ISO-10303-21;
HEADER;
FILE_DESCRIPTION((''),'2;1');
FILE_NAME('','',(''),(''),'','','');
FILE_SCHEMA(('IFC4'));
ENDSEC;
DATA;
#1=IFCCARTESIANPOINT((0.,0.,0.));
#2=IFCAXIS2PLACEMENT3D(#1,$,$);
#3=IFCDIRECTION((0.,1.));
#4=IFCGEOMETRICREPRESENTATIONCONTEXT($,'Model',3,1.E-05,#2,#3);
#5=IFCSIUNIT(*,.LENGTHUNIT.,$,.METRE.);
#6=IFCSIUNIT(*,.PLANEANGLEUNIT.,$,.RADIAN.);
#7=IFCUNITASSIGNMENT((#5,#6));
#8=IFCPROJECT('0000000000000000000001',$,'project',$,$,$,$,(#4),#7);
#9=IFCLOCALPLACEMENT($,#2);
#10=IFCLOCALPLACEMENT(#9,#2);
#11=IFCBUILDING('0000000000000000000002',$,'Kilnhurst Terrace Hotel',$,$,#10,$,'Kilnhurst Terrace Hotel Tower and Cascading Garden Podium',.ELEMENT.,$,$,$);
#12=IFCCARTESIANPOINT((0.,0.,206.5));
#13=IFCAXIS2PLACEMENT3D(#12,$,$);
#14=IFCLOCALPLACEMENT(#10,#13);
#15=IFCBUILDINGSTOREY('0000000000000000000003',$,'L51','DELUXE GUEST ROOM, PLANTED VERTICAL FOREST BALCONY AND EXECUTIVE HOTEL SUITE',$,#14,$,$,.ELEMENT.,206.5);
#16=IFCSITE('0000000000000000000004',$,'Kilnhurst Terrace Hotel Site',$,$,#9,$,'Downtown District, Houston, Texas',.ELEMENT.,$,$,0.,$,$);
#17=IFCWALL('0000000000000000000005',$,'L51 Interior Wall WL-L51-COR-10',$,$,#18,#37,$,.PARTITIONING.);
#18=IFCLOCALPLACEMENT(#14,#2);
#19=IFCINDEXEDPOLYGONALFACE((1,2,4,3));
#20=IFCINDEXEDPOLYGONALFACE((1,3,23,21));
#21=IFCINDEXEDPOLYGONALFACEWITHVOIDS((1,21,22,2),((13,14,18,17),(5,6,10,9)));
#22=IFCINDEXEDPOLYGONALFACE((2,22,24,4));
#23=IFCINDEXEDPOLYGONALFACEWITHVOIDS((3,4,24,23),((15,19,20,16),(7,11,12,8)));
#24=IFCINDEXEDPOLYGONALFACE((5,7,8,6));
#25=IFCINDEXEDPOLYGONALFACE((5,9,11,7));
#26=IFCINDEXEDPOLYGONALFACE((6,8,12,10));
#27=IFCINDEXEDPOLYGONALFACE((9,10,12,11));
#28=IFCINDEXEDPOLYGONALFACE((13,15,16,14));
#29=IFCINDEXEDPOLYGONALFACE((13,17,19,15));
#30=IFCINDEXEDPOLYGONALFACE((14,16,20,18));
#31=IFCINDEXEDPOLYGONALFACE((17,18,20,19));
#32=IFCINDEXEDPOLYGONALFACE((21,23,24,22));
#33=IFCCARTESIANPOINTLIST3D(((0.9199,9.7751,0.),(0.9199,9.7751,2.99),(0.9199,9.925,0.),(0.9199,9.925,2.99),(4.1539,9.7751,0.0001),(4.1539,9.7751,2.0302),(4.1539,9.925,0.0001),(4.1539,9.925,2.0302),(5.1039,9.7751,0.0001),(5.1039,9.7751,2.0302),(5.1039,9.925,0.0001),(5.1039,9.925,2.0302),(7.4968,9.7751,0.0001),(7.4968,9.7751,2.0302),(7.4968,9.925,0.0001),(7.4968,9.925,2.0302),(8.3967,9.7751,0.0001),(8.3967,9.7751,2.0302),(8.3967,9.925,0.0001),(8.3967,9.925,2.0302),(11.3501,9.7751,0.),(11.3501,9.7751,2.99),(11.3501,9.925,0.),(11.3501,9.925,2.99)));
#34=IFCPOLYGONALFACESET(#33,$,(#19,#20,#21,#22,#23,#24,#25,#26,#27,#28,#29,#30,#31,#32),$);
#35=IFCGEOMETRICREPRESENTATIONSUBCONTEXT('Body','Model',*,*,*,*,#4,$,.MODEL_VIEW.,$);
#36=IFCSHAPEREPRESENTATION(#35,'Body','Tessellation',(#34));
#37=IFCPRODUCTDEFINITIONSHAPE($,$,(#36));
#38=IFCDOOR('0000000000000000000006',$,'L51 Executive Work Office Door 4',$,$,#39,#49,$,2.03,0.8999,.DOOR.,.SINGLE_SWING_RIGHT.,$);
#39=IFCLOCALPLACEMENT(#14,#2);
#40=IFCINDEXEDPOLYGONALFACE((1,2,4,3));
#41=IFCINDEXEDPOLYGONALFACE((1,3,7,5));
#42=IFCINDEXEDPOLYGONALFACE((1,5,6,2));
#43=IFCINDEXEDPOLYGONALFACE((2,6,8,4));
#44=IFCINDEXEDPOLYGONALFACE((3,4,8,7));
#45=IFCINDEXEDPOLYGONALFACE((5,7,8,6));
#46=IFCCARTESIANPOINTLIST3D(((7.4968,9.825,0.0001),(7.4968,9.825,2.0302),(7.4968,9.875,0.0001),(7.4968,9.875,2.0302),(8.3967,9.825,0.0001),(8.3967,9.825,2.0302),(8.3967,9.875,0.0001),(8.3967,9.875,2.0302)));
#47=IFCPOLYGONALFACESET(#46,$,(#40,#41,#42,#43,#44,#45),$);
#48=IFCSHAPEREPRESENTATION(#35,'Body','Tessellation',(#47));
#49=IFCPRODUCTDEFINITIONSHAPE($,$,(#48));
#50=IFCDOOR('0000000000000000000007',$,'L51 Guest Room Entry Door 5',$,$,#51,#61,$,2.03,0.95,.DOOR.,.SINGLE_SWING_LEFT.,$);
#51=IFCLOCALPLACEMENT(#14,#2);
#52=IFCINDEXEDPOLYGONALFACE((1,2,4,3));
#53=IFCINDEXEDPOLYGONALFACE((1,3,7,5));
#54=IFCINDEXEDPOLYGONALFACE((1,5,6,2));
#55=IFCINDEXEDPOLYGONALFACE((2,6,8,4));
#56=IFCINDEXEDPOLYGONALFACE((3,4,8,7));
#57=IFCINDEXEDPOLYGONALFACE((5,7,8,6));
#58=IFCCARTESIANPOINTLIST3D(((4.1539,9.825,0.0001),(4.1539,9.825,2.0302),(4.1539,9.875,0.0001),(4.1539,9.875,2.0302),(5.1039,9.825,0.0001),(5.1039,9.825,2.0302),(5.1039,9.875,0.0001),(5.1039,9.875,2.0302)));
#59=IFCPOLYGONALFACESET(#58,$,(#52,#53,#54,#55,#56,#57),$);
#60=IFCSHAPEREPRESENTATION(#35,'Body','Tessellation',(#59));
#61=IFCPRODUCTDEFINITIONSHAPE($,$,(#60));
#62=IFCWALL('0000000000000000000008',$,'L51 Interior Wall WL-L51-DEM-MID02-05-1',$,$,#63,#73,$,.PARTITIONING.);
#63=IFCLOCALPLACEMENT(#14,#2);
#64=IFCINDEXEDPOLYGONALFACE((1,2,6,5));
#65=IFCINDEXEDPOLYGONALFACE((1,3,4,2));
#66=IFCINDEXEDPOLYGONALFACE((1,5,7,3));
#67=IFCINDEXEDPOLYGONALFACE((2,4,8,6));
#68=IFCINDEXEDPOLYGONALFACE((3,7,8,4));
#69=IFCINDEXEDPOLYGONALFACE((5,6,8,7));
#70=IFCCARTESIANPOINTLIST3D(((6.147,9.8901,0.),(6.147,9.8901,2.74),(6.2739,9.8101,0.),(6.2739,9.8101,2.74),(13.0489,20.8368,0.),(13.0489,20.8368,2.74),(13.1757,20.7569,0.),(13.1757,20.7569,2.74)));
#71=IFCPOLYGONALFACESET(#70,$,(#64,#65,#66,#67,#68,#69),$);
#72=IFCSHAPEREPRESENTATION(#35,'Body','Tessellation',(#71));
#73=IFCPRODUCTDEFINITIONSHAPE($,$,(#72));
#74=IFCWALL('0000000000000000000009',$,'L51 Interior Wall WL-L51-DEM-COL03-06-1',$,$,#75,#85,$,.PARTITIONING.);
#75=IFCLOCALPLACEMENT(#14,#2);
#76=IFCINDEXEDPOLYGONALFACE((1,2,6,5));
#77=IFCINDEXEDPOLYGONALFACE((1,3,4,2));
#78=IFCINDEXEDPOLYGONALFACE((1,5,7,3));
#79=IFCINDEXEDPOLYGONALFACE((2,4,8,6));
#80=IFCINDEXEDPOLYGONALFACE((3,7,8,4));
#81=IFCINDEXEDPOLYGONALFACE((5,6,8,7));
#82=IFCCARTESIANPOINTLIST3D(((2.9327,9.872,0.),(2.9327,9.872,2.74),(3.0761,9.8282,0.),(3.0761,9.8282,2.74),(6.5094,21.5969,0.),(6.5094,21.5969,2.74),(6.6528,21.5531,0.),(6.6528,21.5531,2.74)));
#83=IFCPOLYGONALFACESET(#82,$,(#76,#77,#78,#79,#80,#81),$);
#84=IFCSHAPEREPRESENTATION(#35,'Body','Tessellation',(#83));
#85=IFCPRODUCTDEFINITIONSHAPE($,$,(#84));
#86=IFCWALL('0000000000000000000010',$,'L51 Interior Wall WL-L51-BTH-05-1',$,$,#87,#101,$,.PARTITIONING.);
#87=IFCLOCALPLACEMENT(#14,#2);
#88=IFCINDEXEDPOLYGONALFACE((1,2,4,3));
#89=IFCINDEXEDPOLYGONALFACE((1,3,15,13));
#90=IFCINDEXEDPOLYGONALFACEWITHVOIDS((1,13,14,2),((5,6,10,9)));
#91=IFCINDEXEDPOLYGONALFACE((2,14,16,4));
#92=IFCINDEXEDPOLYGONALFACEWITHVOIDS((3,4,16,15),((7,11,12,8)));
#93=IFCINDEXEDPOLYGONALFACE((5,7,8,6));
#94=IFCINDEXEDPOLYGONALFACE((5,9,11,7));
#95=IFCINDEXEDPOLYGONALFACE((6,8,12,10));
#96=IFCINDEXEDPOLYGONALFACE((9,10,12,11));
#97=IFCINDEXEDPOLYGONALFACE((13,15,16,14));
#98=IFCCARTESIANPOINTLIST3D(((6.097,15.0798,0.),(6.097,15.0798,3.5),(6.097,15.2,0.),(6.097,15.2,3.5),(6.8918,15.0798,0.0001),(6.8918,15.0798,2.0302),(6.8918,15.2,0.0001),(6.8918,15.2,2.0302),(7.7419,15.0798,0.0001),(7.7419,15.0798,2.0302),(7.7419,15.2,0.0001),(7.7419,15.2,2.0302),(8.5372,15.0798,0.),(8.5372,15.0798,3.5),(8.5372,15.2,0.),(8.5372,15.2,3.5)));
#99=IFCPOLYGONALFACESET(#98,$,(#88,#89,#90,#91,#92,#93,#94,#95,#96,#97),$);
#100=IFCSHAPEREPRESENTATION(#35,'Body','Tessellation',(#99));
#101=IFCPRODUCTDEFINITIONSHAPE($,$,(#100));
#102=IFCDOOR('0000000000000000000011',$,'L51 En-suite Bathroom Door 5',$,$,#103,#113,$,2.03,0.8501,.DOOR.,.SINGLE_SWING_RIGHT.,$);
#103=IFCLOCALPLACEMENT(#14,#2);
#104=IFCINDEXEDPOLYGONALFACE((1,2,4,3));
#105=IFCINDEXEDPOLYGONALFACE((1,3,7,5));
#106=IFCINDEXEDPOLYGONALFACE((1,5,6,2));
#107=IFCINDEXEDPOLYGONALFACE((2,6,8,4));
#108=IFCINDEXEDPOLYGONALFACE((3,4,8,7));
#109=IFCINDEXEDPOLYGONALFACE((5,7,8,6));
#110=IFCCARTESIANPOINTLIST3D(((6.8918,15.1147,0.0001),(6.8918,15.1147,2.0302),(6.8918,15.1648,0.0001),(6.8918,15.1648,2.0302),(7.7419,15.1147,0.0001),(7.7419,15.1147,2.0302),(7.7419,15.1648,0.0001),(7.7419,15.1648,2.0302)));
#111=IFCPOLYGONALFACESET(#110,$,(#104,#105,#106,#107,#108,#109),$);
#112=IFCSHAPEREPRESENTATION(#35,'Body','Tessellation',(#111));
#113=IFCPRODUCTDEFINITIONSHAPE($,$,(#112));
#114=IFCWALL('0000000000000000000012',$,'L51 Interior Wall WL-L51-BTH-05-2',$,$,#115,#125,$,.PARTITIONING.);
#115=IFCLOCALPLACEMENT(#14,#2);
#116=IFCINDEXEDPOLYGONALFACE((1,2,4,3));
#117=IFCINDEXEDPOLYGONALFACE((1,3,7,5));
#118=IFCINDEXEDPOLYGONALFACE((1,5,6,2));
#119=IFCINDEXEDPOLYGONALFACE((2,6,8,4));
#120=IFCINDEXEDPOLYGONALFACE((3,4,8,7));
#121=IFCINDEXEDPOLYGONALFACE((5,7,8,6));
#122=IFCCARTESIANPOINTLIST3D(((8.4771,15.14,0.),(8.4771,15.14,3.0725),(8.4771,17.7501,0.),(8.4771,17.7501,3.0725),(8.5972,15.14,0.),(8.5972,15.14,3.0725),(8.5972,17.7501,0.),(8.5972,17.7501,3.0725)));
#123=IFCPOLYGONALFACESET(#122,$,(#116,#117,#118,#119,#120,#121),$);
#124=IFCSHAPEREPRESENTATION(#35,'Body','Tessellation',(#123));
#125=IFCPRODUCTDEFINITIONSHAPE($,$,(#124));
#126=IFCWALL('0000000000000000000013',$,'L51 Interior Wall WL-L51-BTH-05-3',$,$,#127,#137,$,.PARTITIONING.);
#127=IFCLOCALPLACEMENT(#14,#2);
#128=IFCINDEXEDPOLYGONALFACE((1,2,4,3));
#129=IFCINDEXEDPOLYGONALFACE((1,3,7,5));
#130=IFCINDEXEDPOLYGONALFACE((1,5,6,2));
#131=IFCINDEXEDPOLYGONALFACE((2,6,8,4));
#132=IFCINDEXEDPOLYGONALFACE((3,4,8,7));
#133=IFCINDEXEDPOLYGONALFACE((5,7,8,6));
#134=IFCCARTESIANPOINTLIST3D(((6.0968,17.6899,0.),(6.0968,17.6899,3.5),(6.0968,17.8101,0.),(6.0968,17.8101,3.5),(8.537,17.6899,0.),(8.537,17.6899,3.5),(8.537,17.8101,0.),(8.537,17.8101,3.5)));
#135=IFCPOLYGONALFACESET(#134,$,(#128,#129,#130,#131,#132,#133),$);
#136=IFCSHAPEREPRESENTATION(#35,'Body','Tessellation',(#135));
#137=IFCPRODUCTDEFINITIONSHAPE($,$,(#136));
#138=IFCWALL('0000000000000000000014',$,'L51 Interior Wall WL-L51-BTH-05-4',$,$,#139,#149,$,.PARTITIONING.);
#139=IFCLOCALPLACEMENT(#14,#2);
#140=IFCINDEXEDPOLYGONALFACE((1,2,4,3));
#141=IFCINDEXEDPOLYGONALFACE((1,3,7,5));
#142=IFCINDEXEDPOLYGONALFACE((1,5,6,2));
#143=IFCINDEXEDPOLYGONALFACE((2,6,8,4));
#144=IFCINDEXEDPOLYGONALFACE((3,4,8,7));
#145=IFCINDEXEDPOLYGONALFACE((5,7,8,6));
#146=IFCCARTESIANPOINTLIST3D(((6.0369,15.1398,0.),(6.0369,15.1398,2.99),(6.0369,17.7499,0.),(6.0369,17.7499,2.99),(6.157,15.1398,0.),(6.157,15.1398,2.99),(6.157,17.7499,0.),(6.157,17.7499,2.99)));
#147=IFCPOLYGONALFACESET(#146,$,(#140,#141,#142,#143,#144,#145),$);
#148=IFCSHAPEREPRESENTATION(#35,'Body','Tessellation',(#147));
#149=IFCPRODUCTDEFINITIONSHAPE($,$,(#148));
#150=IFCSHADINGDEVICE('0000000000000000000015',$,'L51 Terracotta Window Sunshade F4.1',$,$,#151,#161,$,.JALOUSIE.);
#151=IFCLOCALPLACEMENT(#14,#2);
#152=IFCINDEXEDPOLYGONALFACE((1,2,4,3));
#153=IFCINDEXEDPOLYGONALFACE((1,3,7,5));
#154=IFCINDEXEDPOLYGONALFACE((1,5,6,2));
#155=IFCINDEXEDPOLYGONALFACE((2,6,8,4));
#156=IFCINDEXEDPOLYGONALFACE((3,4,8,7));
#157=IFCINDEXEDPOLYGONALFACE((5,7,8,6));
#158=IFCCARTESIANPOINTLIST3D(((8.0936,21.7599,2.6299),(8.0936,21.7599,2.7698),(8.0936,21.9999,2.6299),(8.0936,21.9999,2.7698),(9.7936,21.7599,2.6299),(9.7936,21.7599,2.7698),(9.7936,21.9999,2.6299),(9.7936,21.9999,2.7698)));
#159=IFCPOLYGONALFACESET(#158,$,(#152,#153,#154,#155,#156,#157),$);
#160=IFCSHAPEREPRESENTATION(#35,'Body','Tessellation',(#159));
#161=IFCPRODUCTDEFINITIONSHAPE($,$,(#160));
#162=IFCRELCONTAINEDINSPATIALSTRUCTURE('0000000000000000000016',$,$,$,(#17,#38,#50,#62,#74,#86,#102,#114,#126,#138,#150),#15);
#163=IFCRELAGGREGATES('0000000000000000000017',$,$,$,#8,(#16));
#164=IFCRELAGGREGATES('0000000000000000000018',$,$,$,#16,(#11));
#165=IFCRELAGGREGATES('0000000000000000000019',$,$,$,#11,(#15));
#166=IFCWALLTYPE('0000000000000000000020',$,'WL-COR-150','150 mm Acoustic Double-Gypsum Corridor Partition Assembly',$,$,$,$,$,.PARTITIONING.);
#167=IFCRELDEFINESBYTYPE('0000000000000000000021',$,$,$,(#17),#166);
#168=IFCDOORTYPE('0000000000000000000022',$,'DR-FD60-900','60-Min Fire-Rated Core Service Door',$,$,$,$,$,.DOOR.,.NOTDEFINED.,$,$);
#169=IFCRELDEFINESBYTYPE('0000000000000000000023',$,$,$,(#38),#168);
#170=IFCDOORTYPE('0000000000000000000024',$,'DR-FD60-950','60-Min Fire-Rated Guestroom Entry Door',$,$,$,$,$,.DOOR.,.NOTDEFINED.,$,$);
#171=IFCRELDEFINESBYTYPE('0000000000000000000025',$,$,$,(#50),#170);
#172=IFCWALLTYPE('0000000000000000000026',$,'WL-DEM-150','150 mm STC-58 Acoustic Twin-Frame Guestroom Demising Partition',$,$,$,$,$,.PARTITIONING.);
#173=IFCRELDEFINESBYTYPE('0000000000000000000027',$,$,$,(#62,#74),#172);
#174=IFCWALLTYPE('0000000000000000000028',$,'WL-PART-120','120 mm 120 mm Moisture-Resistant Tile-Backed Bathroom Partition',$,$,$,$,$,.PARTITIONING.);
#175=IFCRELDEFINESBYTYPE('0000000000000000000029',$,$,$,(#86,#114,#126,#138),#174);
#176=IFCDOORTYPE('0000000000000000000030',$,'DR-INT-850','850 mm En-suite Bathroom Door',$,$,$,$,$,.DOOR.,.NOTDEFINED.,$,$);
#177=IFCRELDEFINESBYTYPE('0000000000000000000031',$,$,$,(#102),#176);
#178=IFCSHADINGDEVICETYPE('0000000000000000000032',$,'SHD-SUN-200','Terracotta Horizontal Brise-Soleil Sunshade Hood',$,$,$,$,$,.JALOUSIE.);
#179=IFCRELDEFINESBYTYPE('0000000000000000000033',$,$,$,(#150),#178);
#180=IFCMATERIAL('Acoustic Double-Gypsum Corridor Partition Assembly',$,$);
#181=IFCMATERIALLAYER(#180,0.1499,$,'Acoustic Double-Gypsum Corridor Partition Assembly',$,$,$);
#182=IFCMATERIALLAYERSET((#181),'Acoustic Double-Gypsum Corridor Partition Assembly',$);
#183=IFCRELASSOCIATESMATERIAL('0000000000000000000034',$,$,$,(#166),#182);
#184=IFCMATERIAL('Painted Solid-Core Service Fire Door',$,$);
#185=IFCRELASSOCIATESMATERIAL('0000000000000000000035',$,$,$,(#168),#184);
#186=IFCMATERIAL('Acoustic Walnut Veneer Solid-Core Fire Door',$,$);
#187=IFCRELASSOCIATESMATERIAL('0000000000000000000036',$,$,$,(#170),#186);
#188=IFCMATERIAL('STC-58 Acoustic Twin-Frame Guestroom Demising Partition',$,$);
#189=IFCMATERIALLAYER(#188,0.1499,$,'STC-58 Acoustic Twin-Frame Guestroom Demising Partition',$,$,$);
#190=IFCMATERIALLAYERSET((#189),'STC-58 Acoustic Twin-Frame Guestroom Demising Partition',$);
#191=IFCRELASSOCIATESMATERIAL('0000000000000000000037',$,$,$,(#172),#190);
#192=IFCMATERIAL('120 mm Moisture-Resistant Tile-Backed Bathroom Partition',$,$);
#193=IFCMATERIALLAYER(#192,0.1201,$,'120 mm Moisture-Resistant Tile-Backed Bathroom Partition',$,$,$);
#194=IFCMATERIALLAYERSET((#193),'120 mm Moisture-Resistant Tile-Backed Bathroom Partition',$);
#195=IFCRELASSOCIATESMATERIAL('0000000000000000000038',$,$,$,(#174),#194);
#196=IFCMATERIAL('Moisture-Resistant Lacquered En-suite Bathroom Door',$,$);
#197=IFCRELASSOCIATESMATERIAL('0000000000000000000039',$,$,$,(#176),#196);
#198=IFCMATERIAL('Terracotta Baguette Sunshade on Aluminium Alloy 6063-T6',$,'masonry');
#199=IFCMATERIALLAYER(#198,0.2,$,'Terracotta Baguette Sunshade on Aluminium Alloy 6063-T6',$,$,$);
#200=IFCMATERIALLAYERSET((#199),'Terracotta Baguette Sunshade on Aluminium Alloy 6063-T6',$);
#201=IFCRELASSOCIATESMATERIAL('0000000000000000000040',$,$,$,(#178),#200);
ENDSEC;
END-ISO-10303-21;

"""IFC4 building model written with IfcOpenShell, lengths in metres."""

from ifc_helpers import new_model, si_unit, direction, frame, frame_2d, origin, origin_2d, place, context, subcontext, project, spatial, rectangle, extrude, material, layer, layer_set, type_object, element, fill, save


model = new_model("IFC4")

# Units and contexts
model_context = context("Model", 3, precision=1e-05, world=origin(), true_north=direction((0.0, 1.0)))
body_context = subcontext(model_context, "Body", "Model", "MODEL_VIEW")
ifc_project = project(units=[si_unit("LENGTHUNIT", "METRE"), si_unit("PLANEANGLEUNIT", "RADIAN")], contexts=[model_context])

# Site, building, storey
site_placement = place(None, origin())
site = spatial("IfcSite", under=ifc_project, at=site_placement, Name="Kilnhurst Terrace Hotel Site", LongName="Downtown District, Houston, Texas", CompositionType="ELEMENT", RefElevation=0.0)
building_placement = place(site_placement, origin())
building = spatial("IfcBuilding", under=site, at=building_placement, Name="Kilnhurst Terrace Hotel", LongName="Kilnhurst Terrace Hotel Tower and Cascading Garden Podium", CompositionType="ELEMENT")
storey_placement = place(building_placement, frame((0.0, 0.0, 206.5)))
storey = spatial("IfcBuildingStorey", under=building, at=storey_placement, Name="L51", Description="DELUXE GUEST ROOM, PLANTED VERTICAL FOREST BALCONY AND EXECUTIVE HOTEL SUITE", CompositionType="ELEMENT", Elevation=206.5)

# Shared definitions
ifc_material_1 = material(Name="Acoustic Double-Gypsum Corridor Partition Assembly")
ifc_layer_1 = layer(ifc_material_1, 0.1499, Name="Acoustic Double-Gypsum Corridor Partition Assembly")
ifc_layer_set_1 = layer_set([ifc_layer_1], Name="Acoustic Double-Gypsum Corridor Partition Assembly")
wall_type_1 = type_object("IfcWallType", Name="WL-COR-150", Description="150 mm Acoustic Double-Gypsum Corridor Partition Assembly", PredefinedType="PARTITIONING", material=ifc_layer_set_1)
ifc_material_2 = material(Name="Painted Solid-Core Service Fire Door")
door_type_1 = type_object("IfcDoorType", Name="DR-FD60-900", Description="60-Min Fire-Rated Core Service Door", OperationType="NOTDEFINED", PredefinedType="DOOR", material=ifc_material_2)

# Wall, openings, doors
wall_1_placement = place(storey_placement, frame((0.9199, 9.8501, 0.0), z_axis=(0.0, 0.0, 1.0), x_axis=(1.0, 0.0, 0.0)))
wall_1 = element("IfcWall", 1, at=wall_1_placement, inside=storey, type_object=wall_type_1, Name="L51 Interior Wall WL-L51-COR-10", PredefinedType="PARTITIONING", context=body_context, shape_type="SweptSolid", body=[
    extrude(rectangle(XDim=10.4302, YDim=0.1499, at=frame_2d((5.2151, 0.0))), origin(), (0.0, 0.0, 1.0), 2.99),
])
opening_1_placement = place(wall_1_placement, frame((6.5769, 0.0, 0.0)))
opening_1 = element("IfcOpeningElement", 2, at=opening_1_placement, cuts=wall_1, PredefinedType="OPENING", context=body_context, shape_type="SweptSolid", body=[
    extrude(rectangle(XDim=0.8999, YDim=2.03, at=frame_2d((0.45, 1.0151))), frame((0.0, 0.085, 0.0), z_axis=(0.0, -1.0, 0.0), x_axis=(1.0, 0.0, 0.0)), (0.0, 0.0, 1.0), 0.1699),
])
opening_2_placement = place(wall_1_placement, frame((3.2339, 0.0, 0.0)))
opening_2 = element("IfcOpeningElement", 3, at=opening_2_placement, cuts=wall_1, PredefinedType="OPENING", context=body_context, shape_type="SweptSolid", body=[
    extrude(rectangle(XDim=0.95, YDim=2.03, at=frame_2d((0.4751, 1.0151))), frame((0.0, 0.085, 0.0), z_axis=(0.0, -1.0, 0.0), x_axis=(1.0, 0.0, 0.0)), (0.0, 0.0, 1.0), 0.1699),
])
door_1_placement = place(opening_1_placement, origin())
door_1 = element("IfcDoor", 4, at=door_1_placement, inside=storey, type_object=door_type_1, Name="L51 Executive Work Office Door 4", OperationType="SINGLE_SWING_RIGHT", OverallHeight=2.03, OverallWidth=0.8999, PredefinedType="DOOR", context=body_context, shape_type="SweptSolid", body=[
    extrude(rectangle(XDim=0.8999, YDim=2.03, at=frame_2d((0.45, 1.0151))), frame((0.0, 0.0249, 0.0), z_axis=(0.0, -1.0, 0.0), x_axis=(1.0, 0.0, 0.0)), (0.0, 0.0, 1.0), 0.05),
])
fill(opening_1, door_1)
ifc_material_3 = material(Name="Acoustic Walnut Veneer Solid-Core Fire Door")
door_type_2 = type_object("IfcDoorType", Name="DR-FD60-950", Description="60-Min Fire-Rated Guestroom Entry Door", OperationType="NOTDEFINED", PredefinedType="DOOR", material=ifc_material_3)
door_2_placement = place(opening_2_placement, origin())
door_2 = element("IfcDoor", 5, at=door_2_placement, inside=storey, type_object=door_type_2, Name="L51 Guest Room Entry Door 5", OperationType="SINGLE_SWING_LEFT", OverallHeight=2.03, OverallWidth=0.95, PredefinedType="DOOR", context=body_context, shape_type="SweptSolid", body=[
    extrude(rectangle(XDim=0.95, YDim=2.03, at=frame_2d((0.4751, 1.0151))), frame((0.0, 0.0249, 0.0), z_axis=(0.0, -1.0, 0.0), x_axis=(1.0, 0.0, 0.0)), (0.0, 0.0, 1.0), 0.05),
])
fill(opening_2, door_2)

# Walls
ifc_material_4 = material(Name="STC-58 Acoustic Twin-Frame Guestroom Demising Partition")
ifc_layer_2 = layer(ifc_material_4, 0.1499, Name="STC-58 Acoustic Twin-Frame Guestroom Demising Partition")
ifc_layer_set_2 = layer_set([ifc_layer_2], Name="STC-58 Acoustic Twin-Frame Guestroom Demising Partition")
wall_type_2 = type_object("IfcWallType", Name="WL-DEM-150", Description="150 mm STC-58 Acoustic Twin-Frame Guestroom Demising Partition", PredefinedType="PARTITIONING", material=ifc_layer_set_2)
wall_2_placement = place(storey_placement, frame((6.2104, 9.8501, 0.0), z_axis=(0.0, 0.0, 1.0), x_axis=(0.533336, 0.845904, 0.0)))
element("IfcWall", 6, at=wall_2_placement, inside=storey, type_object=wall_type_2, Name="L51 Interior Wall WL-L51-DEM-MID02-05-1", PredefinedType="PARTITIONING", context=body_context, shape_type="SweptSolid", body=[
    extrude(rectangle(XDim=12.9409, YDim=0.1499, at=frame_2d((6.4705, 0.0))), origin(), (0.0, 0.0, 1.0), 2.74),
])
wall_3_placement = place(storey_placement, frame((3.0044, 9.8501, 0.0), z_axis=(0.0, 0.0, 1.0), x_axis=(0.291776, 0.956487, 0.0)))
element("IfcWall", 7, at=wall_3_placement, inside=storey, type_object=wall_type_2, Name="L51 Interior Wall WL-L51-DEM-COL03-06-1", PredefinedType="PARTITIONING", context=body_context, shape_type="SweptSolid", body=[
    extrude(rectangle(XDim=12.2583, YDim=0.1499, at=frame_2d((6.1292, 0.0))), origin(), (0.0, 0.0, 1.0), 2.74),
])

# Wall, opening, door
ifc_material_5 = material(Name="120 mm Moisture-Resistant Tile-Backed Bathroom Partition")
ifc_layer_3 = layer(ifc_material_5, 0.1201, Name="120 mm Moisture-Resistant Tile-Backed Bathroom Partition")
ifc_layer_set_3 = layer_set([ifc_layer_3], Name="120 mm Moisture-Resistant Tile-Backed Bathroom Partition")
wall_type_3 = type_object("IfcWallType", Name="WL-PART-120", Description="120 mm 120 mm Moisture-Resistant Tile-Backed Bathroom Partition", PredefinedType="PARTITIONING", material=ifc_layer_set_3)
wall_4_placement = place(storey_placement, frame((6.0969, 15.1399, 0.0), z_axis=(0.0, 0.0, 1.0), x_axis=(1.0, 0.0, 0.0)))
wall_4 = element("IfcWall", 8, at=wall_4_placement, inside=storey, type_object=wall_type_3, Name="L51 Interior Wall WL-L51-BTH-05-1", PredefinedType="PARTITIONING", context=body_context, shape_type="SweptSolid", body=[
    extrude(rectangle(XDim=2.4402, YDim=0.1201, at=frame_2d((1.2202, 0.0))), origin(), (0.0, 0.0, 1.0), 3.5),
])
opening_3_placement = place(wall_4_placement, frame((0.7949, 0.0, 0.0)))
opening_3 = element("IfcOpeningElement", 9, at=opening_3_placement, cuts=wall_4, PredefinedType="OPENING", context=body_context, shape_type="SweptSolid", body=[
    extrude(rectangle(XDim=0.8501, YDim=2.03, at=frame_2d((0.425, 1.0151))), frame((0.0, 0.0701, 0.0), z_axis=(0.0, -1.0, 0.0), x_axis=(1.0, 0.0, 0.0)), (0.0, 0.0, 1.0), 0.1401),
])
ifc_material_6 = material(Name="Moisture-Resistant Lacquered En-suite Bathroom Door")
door_type_3 = type_object("IfcDoorType", Name="DR-INT-850", Description="850 mm En-suite Bathroom Door", OperationType="NOTDEFINED", PredefinedType="DOOR", material=ifc_material_6)
door_3_placement = place(opening_3_placement, origin())
door_3 = element("IfcDoor", 10, at=door_3_placement, inside=storey, type_object=door_type_3, Name="L51 En-suite Bathroom Door 5", OperationType="SINGLE_SWING_RIGHT", OverallHeight=2.03, OverallWidth=0.8501, PredefinedType="DOOR", context=body_context, shape_type="SweptSolid", body=[
    extrude(rectangle(XDim=0.8501, YDim=2.03, at=frame_2d((0.425, 1.0151))), frame((0.0, 0.0249, 0.0), z_axis=(0.0, -1.0, 0.0), x_axis=(1.0, 0.0, 0.0)), (0.0, 0.0, 1.0), 0.05),
])
fill(opening_3, door_3)

# Walls
wall_5_placement = place(storey_placement, frame((8.5371, 15.1399, 0.0), z_axis=(0.0, 0.0, 1.0), x_axis=(0.0, 1.0, 0.0)))
element("IfcWall", 11, at=wall_5_placement, inside=storey, type_object=wall_type_3, Name="L51 Interior Wall WL-L51-BTH-05-2", PredefinedType="PARTITIONING", context=body_context, shape_type="SweptSolid", body=[
    extrude(rectangle(XDim=2.6101, YDim=0.1201, at=frame_2d((1.3052, 0.0))), origin(), (0.0, 0.0, 1.0), 3.0725),
])
wall_6_placement = place(storey_placement, frame((8.5371, 17.75, 0.0), z_axis=(0.0, 0.0, 1.0), x_axis=(-1.0, 0.0, 0.0)))
element("IfcWall", 12, at=wall_6_placement, inside=storey, type_object=wall_type_3, Name="L51 Interior Wall WL-L51-BTH-05-3", PredefinedType="PARTITIONING", context=body_context, shape_type="SweptSolid", body=[
    extrude(rectangle(XDim=2.4402, YDim=0.1201, at=frame_2d((1.2202, 0.0))), origin(), (0.0, 0.0, 1.0), 3.5),
])
wall_7_placement = place(storey_placement, frame((6.0969, 17.75, 0.0), z_axis=(0.0, 0.0, 1.0), x_axis=(0.0, -1.0, 0.0)))
element("IfcWall", 13, at=wall_7_placement, inside=storey, type_object=wall_type_3, Name="L51 Interior Wall WL-L51-BTH-05-4", PredefinedType="PARTITIONING", context=body_context, shape_type="SweptSolid", body=[
    extrude(rectangle(XDim=2.6101, YDim=0.1201, at=frame_2d((1.3052, 0.0))), origin(), (0.0, 0.0, 1.0), 2.99),
])

# Shading device
ifc_material_7 = material(Name="Terracotta Baguette Sunshade on Aluminium Alloy 6063-T6", Category="masonry")
ifc_layer_4 = layer(ifc_material_7, 0.2, Name="Terracotta Baguette Sunshade on Aluminium Alloy 6063-T6")
ifc_layer_set_4 = layer_set([ifc_layer_4], Name="Terracotta Baguette Sunshade on Aluminium Alloy 6063-T6")
shading_device_type = type_object("IfcShadingDeviceType", Name="SHD-SUN-200", Description="Terracotta Horizontal Brise-Soleil Sunshade Hood", PredefinedType="JALOUSIE", material=ifc_layer_set_4)
shading_device_placement = place(storey_placement, frame((8.9436, 21.8799, 2.6299), z_axis=(0.0, 0.0, 1.0), x_axis=(-1.0, 0.0, 0.0)))
element("IfcShadingDevice", 14, at=shading_device_placement, inside=storey, type_object=shading_device_type, Name="L51 Terracotta Window Sunshade F4.1", PredefinedType="JALOUSIE", context=body_context, shape_type="SweptSolid", body=[
    extrude(rectangle(XDim=1.7, YDim=0.24, at=origin_2d()), origin(), (0.0, 0.0, 1.0), 0.1399),
])

save(model, "model.ifc")
